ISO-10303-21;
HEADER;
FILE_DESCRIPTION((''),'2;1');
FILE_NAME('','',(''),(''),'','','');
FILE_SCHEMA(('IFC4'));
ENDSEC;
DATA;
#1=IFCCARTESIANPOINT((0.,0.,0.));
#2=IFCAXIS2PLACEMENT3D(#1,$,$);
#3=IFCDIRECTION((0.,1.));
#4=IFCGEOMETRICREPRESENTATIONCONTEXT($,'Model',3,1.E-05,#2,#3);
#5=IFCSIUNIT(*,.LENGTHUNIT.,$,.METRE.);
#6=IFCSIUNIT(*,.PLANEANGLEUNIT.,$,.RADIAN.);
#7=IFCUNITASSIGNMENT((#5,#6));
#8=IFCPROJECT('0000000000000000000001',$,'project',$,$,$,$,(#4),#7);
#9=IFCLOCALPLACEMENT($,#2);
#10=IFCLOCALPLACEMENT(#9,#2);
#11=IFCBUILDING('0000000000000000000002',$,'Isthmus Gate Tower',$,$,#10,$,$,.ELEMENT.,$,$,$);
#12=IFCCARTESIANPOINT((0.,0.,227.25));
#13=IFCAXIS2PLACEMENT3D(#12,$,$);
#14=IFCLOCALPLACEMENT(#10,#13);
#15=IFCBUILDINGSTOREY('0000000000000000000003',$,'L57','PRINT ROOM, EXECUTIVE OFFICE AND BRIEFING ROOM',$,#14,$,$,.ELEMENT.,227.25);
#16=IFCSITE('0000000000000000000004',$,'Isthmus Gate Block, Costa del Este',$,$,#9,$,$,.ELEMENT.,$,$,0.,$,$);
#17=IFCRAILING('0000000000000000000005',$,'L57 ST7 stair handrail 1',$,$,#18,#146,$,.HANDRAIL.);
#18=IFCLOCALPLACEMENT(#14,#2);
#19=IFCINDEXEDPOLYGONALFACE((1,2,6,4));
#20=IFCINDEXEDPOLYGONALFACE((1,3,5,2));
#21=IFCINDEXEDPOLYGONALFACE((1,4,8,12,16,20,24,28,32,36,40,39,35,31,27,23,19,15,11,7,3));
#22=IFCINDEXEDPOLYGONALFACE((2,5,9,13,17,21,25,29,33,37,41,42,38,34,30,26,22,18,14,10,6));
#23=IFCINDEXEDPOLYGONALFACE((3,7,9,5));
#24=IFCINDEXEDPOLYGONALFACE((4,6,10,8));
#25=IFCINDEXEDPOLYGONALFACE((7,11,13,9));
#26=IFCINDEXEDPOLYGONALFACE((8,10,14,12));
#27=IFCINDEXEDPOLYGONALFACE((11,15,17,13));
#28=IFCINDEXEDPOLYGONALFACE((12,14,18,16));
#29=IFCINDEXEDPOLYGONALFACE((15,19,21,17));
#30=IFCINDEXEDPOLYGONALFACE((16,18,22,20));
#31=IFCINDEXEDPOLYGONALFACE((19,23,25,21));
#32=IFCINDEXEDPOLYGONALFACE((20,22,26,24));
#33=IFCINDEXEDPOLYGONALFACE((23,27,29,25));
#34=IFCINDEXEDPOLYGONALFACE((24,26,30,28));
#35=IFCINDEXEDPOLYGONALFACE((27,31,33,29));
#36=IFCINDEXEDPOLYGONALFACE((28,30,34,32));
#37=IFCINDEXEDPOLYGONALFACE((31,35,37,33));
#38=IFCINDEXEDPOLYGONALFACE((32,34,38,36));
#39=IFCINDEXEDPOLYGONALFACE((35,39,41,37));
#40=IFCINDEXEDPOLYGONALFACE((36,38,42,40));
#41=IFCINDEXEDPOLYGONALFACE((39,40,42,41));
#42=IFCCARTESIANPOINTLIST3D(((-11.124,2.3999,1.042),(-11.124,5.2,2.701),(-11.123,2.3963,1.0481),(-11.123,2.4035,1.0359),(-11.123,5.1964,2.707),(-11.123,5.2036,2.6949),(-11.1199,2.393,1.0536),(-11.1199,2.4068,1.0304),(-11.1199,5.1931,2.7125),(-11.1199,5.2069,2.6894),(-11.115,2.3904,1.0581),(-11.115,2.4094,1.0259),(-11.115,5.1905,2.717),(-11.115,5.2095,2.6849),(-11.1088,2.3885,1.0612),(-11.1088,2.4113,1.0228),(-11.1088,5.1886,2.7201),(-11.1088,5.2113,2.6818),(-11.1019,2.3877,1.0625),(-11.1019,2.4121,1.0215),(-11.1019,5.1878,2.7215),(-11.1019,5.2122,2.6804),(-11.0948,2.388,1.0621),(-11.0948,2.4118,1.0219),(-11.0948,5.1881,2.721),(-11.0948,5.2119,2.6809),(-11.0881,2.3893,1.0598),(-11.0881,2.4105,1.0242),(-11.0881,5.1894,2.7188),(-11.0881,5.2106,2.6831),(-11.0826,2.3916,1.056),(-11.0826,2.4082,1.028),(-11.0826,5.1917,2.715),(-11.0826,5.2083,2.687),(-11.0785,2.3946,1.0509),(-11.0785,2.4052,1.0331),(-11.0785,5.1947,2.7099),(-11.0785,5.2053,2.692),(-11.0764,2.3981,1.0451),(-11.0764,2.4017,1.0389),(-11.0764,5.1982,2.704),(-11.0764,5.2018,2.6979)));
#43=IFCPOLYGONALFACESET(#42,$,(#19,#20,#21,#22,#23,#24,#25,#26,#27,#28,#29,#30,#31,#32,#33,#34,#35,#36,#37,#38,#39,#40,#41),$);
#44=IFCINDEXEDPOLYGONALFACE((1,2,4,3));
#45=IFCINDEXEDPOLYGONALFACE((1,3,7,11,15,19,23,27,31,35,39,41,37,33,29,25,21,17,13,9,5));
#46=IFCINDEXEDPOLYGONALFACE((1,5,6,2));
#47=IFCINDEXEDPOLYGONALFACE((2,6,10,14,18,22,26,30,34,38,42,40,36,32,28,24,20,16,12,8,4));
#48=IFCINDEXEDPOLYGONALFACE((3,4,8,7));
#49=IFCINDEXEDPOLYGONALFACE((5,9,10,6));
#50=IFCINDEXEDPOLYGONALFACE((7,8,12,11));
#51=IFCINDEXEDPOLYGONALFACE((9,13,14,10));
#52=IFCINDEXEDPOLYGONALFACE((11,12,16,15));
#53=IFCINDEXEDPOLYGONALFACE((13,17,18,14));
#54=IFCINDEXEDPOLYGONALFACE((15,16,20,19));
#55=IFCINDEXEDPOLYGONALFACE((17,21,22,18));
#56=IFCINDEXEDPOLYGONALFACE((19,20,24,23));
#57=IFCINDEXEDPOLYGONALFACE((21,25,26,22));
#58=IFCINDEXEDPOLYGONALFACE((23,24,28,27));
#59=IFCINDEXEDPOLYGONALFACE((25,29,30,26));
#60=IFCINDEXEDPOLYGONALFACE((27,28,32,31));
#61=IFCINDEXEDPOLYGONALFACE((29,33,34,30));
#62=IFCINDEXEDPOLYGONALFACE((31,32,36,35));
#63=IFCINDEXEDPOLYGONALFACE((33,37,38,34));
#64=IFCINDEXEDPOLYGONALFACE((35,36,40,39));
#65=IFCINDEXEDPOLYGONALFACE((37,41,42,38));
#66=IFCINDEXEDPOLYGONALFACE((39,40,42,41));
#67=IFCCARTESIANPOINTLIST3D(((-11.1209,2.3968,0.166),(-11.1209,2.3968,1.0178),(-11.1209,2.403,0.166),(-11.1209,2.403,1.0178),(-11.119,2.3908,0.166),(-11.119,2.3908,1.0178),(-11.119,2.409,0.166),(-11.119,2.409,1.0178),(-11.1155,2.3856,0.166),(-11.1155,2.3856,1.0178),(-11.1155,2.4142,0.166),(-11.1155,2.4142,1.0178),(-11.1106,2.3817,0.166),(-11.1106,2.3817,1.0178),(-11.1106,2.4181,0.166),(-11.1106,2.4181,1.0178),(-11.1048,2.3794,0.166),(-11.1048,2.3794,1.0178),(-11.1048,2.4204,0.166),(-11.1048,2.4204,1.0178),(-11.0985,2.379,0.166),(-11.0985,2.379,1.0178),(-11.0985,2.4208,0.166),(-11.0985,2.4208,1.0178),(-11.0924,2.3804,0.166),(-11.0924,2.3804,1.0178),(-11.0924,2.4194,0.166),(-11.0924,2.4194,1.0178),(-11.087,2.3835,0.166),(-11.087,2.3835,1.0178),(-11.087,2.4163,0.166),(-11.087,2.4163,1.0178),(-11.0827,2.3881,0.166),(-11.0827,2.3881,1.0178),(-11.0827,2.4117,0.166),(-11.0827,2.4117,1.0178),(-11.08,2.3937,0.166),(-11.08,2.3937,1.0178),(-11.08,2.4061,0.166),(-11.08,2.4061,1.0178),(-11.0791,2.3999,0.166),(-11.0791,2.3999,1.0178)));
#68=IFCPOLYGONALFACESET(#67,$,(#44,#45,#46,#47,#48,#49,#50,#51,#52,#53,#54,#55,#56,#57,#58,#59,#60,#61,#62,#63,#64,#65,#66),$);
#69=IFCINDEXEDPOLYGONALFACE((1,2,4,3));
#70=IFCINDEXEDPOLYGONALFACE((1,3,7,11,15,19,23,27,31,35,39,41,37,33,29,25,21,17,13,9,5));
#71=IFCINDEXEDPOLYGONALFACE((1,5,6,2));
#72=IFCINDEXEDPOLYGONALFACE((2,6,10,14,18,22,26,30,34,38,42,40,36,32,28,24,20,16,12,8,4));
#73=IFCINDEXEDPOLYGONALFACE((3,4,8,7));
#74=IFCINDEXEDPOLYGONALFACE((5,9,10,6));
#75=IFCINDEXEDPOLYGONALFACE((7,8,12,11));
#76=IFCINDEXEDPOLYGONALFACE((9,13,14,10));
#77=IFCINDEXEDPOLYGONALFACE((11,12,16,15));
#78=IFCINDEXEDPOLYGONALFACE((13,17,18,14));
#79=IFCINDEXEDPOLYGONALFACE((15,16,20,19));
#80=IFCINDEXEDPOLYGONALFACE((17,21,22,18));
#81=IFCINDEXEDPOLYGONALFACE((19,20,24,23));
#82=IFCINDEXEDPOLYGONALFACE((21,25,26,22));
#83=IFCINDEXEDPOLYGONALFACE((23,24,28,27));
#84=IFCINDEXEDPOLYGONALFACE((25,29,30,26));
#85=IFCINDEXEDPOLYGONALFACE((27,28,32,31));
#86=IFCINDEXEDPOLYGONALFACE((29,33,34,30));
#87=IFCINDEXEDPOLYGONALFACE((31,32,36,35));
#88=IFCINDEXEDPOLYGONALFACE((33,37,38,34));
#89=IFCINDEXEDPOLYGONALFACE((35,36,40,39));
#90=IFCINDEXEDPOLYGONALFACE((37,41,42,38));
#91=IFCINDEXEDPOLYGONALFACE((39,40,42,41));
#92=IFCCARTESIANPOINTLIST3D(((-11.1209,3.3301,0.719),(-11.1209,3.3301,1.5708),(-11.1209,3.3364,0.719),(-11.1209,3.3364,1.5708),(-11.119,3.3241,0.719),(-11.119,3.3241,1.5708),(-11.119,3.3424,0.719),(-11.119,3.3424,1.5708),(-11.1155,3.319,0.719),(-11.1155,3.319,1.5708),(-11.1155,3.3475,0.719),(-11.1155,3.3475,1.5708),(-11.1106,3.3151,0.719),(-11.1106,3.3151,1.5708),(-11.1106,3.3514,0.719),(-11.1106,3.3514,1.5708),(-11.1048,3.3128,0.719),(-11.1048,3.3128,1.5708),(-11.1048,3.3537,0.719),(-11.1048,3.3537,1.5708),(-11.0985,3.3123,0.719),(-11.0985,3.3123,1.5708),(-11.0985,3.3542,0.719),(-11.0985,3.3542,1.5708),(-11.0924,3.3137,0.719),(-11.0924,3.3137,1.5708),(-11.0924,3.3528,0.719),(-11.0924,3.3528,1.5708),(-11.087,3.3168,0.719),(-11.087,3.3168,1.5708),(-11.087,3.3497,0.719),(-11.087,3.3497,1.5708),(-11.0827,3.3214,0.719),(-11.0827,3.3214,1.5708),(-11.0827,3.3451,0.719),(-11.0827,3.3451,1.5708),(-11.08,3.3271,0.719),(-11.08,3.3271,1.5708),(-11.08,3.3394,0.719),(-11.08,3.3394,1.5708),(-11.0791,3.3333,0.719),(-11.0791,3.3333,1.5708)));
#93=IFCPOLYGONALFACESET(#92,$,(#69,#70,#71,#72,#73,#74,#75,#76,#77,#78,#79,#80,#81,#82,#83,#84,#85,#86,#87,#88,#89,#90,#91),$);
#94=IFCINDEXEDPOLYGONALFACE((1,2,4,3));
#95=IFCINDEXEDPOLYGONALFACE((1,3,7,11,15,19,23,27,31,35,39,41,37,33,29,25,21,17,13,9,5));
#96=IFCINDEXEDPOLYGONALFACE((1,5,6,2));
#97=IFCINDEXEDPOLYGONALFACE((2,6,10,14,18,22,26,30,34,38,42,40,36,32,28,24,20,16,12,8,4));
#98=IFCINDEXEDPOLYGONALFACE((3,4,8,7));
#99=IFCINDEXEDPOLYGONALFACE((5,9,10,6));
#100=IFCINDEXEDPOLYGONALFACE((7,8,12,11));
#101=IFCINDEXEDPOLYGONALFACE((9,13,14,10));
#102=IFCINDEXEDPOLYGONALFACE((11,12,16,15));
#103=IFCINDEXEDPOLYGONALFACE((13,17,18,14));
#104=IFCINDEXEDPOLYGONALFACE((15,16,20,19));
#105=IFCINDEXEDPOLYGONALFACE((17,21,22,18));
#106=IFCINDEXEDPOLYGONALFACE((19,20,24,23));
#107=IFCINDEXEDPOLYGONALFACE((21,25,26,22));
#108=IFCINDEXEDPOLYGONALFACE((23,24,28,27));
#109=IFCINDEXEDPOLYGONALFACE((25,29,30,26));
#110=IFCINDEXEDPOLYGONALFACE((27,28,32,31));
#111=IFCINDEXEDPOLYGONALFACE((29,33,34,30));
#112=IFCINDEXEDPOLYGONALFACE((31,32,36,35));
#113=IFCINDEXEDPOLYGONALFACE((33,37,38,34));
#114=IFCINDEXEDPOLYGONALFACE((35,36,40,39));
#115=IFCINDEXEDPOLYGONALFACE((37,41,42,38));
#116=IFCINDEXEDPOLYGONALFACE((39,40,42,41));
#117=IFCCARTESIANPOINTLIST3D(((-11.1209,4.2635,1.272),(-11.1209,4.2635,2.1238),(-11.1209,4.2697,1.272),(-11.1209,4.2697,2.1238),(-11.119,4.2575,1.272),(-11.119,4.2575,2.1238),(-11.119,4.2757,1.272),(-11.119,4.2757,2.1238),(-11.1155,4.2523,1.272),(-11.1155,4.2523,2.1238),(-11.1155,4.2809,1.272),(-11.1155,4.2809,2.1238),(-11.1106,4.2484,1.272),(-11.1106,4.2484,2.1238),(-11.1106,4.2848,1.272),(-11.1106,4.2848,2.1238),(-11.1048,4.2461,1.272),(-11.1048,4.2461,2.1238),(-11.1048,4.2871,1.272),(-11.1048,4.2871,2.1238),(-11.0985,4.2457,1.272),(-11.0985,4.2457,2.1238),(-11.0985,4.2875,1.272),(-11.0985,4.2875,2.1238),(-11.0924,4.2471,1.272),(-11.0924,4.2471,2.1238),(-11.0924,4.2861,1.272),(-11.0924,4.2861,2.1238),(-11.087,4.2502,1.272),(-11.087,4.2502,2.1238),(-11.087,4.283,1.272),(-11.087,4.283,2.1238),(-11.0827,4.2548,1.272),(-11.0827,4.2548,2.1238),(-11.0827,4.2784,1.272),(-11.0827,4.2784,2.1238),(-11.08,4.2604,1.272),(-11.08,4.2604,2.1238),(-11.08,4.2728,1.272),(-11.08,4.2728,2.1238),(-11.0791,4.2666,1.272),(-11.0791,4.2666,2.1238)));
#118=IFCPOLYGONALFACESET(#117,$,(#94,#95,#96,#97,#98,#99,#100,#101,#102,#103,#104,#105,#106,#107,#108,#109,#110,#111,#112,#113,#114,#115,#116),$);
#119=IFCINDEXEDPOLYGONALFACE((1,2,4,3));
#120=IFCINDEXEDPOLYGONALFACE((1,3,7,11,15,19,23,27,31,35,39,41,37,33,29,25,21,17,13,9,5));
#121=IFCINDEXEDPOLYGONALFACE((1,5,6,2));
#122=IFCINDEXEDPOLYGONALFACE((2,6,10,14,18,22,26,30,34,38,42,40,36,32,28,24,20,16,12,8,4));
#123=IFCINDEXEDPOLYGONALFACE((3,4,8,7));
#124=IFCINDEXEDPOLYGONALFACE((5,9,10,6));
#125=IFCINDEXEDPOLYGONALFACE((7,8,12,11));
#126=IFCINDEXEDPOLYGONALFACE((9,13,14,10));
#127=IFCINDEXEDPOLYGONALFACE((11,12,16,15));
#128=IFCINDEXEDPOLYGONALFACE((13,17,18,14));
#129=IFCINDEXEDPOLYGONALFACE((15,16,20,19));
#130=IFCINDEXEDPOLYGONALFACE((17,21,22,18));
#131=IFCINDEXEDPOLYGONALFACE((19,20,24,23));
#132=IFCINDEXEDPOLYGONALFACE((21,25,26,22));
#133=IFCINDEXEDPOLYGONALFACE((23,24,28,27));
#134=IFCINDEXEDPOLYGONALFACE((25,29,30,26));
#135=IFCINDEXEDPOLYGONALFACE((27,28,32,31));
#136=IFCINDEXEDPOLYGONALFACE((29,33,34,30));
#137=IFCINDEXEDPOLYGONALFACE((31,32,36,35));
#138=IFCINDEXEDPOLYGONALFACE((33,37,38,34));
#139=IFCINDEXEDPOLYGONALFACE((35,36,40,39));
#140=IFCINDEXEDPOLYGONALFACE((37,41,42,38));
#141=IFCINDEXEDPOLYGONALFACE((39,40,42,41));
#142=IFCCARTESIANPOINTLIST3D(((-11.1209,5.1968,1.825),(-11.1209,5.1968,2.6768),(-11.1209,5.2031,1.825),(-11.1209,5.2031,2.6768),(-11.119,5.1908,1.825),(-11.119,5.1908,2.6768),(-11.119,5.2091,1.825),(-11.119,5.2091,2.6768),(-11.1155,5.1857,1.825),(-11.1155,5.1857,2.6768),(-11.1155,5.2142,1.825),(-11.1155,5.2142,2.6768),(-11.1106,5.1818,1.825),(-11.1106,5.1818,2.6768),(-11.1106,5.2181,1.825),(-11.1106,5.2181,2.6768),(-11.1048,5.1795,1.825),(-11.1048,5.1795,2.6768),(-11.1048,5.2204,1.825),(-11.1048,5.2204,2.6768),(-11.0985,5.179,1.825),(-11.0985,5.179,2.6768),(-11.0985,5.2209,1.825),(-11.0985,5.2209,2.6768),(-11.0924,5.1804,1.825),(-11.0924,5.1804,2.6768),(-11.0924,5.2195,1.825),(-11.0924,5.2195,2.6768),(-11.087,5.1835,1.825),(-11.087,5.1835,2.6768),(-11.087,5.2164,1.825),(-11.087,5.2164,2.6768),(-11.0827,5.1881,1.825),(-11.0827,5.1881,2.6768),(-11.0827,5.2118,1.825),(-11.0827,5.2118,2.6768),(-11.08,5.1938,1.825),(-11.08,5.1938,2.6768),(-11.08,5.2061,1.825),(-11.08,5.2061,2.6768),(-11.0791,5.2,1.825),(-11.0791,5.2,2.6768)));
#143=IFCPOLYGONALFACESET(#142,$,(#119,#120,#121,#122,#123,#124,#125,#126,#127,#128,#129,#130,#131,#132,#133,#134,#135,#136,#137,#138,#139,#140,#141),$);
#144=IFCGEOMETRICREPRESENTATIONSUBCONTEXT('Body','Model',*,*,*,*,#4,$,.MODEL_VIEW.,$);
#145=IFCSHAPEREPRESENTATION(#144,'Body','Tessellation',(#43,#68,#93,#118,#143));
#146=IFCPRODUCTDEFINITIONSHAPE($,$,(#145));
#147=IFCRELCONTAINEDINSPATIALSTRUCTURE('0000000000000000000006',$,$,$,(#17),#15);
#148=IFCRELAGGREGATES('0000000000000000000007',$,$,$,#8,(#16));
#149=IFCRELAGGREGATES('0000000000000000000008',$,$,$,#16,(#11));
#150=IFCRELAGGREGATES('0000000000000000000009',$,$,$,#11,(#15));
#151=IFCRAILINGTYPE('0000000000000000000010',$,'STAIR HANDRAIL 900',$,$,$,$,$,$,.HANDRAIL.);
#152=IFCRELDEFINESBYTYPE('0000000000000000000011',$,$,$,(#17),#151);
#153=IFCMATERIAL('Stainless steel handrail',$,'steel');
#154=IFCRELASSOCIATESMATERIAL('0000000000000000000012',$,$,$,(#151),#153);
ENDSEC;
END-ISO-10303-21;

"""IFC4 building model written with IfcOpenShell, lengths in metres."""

from ifc_helpers import new_model, si_unit, direction, frame, origin, origin_2d, place, context, subcontext, project, spatial, circle, extrude, material, type_object, element, save


model = new_model("IFC4")

# Units and contexts
model_context = context("Model", 3, precision=1e-05, world=origin(), true_north=direction((0.0, 1.0)))
body_context = subcontext(model_context, "Body", "Model", "MODEL_VIEW")
ifc_project = project(units=[si_unit("LENGTHUNIT", "METRE"), si_unit("PLANEANGLEUNIT", "RADIAN")], contexts=[model_context])

# Site, building, storey
site_placement = place(None, origin())
site = spatial("IfcSite", under=ifc_project, at=site_placement, Name="Isthmus Gate Block, Costa del Este", CompositionType="ELEMENT", RefElevation=0.0)
building_placement = place(site_placement, origin())
building = spatial("IfcBuilding", under=site, at=building_placement, Name="Isthmus Gate Tower", CompositionType="ELEMENT")
storey_placement = place(building_placement, frame((0.0, 0.0, 227.25)))
storey = spatial("IfcBuildingStorey", under=building, at=storey_placement, Name="L57", Description="PRINT ROOM, EXECUTIVE OFFICE AND BRIEFING ROOM", CompositionType="ELEMENT", Elevation=227.25)

# Railing
ifc_material_1 = material(Name="Stainless steel handrail", Category="steel")
railing_type_1 = type_object("IfcRailingType", Name="STAIR HANDRAIL 900", PredefinedType="HANDRAIL", material=ifc_material_1)
railing_1_placement = place(storey_placement, frame((-11.1001, 2.3999, 0.166)))
element("IfcRailing", 1, at=railing_1_placement, inside=storey, type_object=railing_type_1, Name="L57 ST7 stair handrail 1", PredefinedType="HANDRAIL", context=body_context, shape_type="SweptSolid", body=[
    extrude(circle(Radius=0.0239, at=origin_2d()), frame((0.0, 0.0, 0.876), z_axis=(0.0, 0.860339, 0.509722), x_axis=(-1.0, 0.0, 0.0)), (0.0, 0.0, 1.0), 3.2546),
    extrude(circle(Radius=0.021, at=origin_2d()), origin(), (0.0, 0.0, 1.0), 0.8518),
    extrude(circle(Radius=0.021, at=origin_2d()), frame((0.0, 0.9333, 0.553)), (0.0, 0.0, 1.0), 0.8518),
    extrude(circle(Radius=0.021, at=origin_2d()), frame((0.0, 1.8667, 1.106)), (0.0, 0.0, 1.0), 0.8518),
    extrude(circle(Radius=0.021, at=origin_2d()), frame((0.0, 2.8, 1.6589)), (0.0, 0.0, 1.0), 0.8518),
])

save(model, "model.ifc")
